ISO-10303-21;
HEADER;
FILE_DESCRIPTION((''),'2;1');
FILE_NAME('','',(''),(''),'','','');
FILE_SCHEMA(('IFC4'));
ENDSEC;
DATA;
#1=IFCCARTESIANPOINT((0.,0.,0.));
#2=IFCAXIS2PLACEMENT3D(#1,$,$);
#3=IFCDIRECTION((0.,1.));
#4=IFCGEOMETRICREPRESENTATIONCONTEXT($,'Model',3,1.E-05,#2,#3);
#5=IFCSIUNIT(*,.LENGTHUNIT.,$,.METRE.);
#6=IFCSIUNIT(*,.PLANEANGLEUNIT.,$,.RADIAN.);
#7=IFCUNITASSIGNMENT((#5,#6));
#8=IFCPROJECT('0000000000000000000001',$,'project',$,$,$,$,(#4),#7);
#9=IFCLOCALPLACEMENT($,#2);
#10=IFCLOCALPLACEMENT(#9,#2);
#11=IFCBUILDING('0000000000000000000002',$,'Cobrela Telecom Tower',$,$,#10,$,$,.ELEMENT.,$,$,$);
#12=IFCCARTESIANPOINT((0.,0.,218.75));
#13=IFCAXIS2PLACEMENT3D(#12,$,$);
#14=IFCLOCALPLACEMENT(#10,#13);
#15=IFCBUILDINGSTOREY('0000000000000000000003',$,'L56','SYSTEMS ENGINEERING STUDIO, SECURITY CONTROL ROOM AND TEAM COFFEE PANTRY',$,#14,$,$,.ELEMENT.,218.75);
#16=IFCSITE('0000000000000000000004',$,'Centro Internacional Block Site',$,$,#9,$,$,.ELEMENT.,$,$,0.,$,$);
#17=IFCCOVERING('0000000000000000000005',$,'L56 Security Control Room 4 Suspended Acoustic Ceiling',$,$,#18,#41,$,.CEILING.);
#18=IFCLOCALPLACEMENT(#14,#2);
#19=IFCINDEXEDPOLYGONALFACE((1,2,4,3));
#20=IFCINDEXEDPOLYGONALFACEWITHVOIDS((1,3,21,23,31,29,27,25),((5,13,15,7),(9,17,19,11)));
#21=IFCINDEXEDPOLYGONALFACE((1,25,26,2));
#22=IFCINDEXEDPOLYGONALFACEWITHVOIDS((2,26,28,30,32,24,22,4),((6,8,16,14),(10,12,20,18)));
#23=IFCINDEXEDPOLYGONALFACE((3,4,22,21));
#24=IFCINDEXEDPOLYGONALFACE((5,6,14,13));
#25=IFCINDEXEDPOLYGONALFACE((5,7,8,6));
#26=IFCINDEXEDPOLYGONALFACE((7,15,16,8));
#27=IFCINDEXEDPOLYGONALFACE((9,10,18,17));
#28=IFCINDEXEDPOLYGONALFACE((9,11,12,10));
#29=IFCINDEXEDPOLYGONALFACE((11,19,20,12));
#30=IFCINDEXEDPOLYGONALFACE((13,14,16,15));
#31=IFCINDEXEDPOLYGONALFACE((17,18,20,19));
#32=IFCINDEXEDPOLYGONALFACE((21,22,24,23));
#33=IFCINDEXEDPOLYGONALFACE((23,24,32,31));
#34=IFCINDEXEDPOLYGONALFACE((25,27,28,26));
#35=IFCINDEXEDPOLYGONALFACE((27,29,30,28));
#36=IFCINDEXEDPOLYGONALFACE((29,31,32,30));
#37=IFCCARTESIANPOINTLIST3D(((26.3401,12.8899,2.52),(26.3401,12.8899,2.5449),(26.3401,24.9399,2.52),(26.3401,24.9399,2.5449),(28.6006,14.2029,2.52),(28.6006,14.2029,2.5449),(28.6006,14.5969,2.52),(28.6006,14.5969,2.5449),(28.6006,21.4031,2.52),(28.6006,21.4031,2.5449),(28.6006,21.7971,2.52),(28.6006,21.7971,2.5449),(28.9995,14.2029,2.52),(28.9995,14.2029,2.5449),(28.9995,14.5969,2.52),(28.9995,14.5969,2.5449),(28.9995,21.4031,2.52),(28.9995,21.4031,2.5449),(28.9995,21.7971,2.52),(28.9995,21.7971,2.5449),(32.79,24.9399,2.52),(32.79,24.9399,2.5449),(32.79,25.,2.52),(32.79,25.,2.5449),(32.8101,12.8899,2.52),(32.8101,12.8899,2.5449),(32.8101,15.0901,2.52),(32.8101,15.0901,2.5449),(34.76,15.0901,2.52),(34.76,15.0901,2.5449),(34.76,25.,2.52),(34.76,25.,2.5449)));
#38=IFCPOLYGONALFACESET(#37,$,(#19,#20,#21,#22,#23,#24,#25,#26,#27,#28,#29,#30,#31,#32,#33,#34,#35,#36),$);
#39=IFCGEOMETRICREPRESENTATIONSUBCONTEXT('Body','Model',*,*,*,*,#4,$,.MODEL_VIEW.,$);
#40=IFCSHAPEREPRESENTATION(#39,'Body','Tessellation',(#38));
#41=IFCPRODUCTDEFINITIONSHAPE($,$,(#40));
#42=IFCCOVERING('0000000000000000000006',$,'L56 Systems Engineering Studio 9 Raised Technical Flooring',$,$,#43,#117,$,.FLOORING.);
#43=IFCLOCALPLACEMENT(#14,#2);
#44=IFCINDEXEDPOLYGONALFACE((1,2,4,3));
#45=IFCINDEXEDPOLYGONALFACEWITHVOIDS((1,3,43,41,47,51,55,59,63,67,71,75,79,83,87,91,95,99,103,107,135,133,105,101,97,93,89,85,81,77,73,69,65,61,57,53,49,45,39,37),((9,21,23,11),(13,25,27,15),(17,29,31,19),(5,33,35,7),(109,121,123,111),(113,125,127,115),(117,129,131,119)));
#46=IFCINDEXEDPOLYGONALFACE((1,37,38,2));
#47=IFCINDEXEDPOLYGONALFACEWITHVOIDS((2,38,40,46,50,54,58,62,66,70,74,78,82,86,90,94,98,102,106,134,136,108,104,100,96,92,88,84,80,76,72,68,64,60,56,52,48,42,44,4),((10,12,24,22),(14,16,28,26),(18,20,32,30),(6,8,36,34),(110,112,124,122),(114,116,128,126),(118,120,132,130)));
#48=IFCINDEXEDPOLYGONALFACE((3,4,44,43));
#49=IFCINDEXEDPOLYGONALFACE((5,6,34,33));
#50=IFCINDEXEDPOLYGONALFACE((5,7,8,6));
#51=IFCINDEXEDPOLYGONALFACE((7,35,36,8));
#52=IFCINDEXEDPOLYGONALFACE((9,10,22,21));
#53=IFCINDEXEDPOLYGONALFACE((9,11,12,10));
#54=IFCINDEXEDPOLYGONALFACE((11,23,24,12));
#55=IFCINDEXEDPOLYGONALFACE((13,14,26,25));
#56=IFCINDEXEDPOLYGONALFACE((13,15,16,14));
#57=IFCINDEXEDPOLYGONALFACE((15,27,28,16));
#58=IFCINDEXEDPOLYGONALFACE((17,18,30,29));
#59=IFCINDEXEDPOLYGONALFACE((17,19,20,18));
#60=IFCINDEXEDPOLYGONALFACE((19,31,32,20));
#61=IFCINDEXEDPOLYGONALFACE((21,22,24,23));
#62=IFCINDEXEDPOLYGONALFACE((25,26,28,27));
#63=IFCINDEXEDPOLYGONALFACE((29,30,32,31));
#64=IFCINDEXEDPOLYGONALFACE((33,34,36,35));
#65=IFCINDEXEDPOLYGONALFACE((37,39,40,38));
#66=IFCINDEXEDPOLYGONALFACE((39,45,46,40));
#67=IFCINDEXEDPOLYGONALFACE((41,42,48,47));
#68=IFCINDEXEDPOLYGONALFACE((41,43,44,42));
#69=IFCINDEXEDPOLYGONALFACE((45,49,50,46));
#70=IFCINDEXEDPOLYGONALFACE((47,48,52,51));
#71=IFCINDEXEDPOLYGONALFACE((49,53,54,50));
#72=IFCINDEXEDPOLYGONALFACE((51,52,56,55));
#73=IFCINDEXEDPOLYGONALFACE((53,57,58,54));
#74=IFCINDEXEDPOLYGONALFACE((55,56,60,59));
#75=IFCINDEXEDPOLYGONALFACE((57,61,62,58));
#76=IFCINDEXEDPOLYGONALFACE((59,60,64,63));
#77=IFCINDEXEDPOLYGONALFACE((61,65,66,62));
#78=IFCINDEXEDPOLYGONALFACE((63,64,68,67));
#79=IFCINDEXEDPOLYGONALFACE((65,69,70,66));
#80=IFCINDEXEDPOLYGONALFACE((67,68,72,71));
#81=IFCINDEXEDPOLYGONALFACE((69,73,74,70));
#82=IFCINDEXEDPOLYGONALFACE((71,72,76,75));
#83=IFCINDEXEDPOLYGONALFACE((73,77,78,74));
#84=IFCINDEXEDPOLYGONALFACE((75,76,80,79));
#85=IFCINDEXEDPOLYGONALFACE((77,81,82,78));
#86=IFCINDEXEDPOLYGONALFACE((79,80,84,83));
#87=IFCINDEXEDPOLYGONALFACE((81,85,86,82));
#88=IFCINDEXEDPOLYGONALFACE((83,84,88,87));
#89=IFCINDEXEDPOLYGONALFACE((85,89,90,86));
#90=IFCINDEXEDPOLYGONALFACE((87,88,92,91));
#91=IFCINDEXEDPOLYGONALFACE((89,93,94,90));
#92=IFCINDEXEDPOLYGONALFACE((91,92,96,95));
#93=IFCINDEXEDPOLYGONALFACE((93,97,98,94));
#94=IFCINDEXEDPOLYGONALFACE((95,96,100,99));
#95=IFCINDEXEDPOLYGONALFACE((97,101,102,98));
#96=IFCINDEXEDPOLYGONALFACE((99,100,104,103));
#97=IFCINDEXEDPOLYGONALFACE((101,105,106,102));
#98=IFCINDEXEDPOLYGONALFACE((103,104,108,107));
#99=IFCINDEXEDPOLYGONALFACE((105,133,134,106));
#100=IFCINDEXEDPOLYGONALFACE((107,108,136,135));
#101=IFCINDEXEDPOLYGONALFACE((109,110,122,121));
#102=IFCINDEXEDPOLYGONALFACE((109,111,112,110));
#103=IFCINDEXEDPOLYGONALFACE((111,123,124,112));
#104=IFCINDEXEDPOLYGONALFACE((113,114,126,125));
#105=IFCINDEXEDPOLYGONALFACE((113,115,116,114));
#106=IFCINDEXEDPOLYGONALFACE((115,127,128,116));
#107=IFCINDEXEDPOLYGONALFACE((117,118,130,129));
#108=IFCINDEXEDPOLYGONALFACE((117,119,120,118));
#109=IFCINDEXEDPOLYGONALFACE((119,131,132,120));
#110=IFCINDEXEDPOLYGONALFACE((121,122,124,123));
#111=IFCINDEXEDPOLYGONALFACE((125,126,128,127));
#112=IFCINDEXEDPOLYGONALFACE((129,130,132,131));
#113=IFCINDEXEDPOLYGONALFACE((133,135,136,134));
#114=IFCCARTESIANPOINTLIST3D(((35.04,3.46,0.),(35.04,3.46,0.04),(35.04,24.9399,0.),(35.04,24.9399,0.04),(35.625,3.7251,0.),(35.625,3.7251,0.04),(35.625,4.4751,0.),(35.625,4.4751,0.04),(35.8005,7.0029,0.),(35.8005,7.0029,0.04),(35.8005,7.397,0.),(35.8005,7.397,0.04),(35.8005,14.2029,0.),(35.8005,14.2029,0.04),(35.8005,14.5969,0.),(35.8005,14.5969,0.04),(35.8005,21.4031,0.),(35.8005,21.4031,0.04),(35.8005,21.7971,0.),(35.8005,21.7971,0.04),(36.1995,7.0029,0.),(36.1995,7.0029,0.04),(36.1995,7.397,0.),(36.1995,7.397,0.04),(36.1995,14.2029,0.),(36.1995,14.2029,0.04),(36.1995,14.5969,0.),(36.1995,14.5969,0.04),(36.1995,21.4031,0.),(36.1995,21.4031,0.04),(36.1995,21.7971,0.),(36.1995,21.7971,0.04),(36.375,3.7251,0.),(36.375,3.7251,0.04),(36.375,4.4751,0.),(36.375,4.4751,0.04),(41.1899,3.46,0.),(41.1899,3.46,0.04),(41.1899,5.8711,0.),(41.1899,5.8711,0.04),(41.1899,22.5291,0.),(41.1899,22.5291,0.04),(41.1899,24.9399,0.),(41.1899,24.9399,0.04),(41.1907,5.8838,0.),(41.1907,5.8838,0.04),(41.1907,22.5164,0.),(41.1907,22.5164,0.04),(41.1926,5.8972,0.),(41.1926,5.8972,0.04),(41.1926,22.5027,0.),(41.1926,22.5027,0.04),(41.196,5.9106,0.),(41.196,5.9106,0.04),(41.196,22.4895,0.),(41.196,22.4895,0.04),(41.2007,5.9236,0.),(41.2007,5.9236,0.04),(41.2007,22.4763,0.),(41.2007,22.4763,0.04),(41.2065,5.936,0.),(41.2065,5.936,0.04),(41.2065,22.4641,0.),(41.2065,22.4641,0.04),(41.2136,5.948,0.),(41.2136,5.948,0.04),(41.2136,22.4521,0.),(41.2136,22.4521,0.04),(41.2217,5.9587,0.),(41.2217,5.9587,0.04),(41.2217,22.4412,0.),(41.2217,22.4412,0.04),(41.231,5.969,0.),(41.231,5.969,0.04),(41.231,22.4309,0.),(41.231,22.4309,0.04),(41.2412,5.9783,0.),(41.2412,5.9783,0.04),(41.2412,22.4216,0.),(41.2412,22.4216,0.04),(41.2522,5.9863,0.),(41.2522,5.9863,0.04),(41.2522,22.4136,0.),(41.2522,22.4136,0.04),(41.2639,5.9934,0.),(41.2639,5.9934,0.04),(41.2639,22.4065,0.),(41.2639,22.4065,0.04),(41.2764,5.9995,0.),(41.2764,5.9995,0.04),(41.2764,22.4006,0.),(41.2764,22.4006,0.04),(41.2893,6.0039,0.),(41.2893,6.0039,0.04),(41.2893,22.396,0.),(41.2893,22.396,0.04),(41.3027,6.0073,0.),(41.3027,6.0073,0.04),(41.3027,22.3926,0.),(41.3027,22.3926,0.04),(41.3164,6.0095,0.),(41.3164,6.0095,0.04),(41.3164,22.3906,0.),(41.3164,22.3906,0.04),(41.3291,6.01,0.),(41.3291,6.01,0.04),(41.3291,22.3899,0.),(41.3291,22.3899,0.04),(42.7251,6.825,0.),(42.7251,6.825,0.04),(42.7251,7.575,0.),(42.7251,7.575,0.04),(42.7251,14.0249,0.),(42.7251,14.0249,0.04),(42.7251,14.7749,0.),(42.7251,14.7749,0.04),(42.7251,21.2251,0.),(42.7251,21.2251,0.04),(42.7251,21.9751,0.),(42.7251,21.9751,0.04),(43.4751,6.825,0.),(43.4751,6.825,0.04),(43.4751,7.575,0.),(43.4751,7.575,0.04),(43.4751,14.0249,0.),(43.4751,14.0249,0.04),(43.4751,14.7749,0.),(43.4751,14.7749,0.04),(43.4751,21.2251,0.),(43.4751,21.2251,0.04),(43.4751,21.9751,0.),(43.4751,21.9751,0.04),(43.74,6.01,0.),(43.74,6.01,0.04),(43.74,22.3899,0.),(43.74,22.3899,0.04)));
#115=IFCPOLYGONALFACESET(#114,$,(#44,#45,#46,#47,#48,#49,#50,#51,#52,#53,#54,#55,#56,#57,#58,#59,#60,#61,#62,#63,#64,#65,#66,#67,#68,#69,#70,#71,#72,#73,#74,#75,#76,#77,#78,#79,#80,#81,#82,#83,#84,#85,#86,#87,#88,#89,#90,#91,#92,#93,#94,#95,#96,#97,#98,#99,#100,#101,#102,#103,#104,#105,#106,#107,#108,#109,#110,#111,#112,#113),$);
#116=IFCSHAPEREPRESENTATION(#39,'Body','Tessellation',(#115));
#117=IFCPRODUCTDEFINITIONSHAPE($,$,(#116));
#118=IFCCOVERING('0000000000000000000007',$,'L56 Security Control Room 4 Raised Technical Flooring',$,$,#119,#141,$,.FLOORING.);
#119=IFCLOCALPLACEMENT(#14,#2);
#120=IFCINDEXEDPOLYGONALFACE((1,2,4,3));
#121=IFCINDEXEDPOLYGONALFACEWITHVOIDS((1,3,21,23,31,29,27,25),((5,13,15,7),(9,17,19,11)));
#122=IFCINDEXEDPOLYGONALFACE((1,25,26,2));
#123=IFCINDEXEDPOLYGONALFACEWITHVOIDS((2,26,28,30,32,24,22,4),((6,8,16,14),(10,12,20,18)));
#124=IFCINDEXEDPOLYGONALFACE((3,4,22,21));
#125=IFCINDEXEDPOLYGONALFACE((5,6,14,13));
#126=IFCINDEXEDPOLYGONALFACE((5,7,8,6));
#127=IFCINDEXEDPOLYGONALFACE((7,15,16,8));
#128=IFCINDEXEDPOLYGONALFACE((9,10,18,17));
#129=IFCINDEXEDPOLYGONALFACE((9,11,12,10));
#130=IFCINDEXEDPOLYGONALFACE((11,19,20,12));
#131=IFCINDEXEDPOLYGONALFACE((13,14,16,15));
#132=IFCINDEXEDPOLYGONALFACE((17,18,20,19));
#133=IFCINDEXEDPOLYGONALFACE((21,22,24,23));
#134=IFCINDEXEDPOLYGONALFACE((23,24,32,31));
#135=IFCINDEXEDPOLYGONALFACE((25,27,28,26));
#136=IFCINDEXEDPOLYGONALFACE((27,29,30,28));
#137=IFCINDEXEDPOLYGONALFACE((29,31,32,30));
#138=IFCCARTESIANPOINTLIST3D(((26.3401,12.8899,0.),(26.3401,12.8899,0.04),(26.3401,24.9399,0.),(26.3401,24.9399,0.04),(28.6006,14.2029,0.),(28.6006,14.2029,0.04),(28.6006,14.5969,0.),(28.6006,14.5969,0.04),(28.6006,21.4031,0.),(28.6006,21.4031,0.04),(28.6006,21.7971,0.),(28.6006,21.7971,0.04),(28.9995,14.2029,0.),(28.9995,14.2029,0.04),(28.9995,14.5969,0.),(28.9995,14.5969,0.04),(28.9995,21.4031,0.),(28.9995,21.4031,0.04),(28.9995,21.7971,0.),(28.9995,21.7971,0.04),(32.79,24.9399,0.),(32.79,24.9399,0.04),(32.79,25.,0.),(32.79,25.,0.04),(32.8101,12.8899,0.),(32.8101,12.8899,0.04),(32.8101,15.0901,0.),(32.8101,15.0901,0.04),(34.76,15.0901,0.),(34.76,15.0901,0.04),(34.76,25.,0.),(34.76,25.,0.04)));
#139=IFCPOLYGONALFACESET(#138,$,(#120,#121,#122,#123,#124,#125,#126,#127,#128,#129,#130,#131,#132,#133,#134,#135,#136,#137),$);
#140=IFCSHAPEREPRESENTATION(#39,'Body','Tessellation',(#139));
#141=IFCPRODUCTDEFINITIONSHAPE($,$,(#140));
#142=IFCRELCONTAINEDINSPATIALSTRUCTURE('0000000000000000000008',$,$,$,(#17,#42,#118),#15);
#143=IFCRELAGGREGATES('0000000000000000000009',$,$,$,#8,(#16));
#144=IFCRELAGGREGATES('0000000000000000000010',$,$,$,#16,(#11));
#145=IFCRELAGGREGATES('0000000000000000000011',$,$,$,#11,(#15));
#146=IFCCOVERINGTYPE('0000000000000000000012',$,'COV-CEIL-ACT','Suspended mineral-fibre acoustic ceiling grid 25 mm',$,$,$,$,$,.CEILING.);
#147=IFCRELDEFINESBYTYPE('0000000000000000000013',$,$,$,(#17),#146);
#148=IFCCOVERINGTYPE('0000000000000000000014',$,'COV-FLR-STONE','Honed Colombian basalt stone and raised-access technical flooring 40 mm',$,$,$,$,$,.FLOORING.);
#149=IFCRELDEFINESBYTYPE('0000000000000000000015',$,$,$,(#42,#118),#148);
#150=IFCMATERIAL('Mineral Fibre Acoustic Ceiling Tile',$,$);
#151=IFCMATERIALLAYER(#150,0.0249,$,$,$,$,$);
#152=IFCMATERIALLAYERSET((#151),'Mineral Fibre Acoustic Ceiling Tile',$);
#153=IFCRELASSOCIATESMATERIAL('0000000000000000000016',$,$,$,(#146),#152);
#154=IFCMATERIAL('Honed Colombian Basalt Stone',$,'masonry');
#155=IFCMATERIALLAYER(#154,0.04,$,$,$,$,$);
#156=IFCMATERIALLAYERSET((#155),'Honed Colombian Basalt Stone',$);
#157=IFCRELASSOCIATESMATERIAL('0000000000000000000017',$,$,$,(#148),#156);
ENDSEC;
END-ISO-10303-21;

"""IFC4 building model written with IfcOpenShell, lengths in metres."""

from ifc_helpers import new_model, si_unit, direction, frame, origin, place, context, subcontext, project, spatial, polyline, outline, extrude, material, layer, layer_set, type_object, element, save


model = new_model("IFC4")

# Units and contexts
model_context = context("Model", 3, precision=1e-05, world=origin(), true_north=direction((0.0, 1.0)))
body_context = subcontext(model_context, "Body", "Model", "MODEL_VIEW")
ifc_project = project(units=[si_unit("LENGTHUNIT", "METRE"), si_unit("PLANEANGLEUNIT", "RADIAN")], contexts=[model_context])

# Site, building, storey
site_placement = place(None, origin())
site = spatial("IfcSite", under=ifc_project, at=site_placement, Name="Centro Internacional Block Site", CompositionType="ELEMENT", RefElevation=0.0)
building_placement = place(site_placement, origin())
building = spatial("IfcBuilding", under=site, at=building_placement, Name="Cobrela Telecom Tower", CompositionType="ELEMENT")
storey_placement = place(building_placement, frame((0.0, 0.0, 218.75)))
storey = spatial("IfcBuildingStorey", under=building, at=storey_placement, Name="L56", Description="SYSTEMS ENGINEERING STUDIO, SECURITY CONTROL ROOM AND TEAM COFFEE PANTRY", CompositionType="ELEMENT", Elevation=218.75)

# Coverings
ifc_material_1 = material(Name="Mineral Fibre Acoustic Ceiling Tile")
ifc_layer_1 = layer(ifc_material_1, 0.0249)
ifc_layer_set_1 = layer_set([ifc_layer_1], Name="Mineral Fibre Acoustic Ceiling Tile")
covering_type_1 = type_object("IfcCoveringType", Name="COV-CEIL-ACT", Description="Suspended mineral-fibre acoustic ceiling grid 25 mm", PredefinedType="CEILING", material=ifc_layer_set_1)
covering_1_placement = place(storey_placement, frame((0.0, 0.0, 2.52)))
element("IfcCovering", 1, at=covering_1_placement, inside=storey, type_object=covering_type_1, Name="L56 Security Control Room 4 Suspended Acoustic Ceiling", PredefinedType="CEILING", context=body_context, shape_type="SweptSolid", body=[
    extrude(outline(polyline([(34.76, 15.0901), (32.8101, 15.0901), (32.8101, 12.8899), (26.3401, 12.8899), (26.3401, 24.9399), (32.79, 24.9399), (32.79, 25.0), (34.76, 25.0), (34.76, 15.0901)]), holes=[polyline([(28.9995, 14.5969), (28.6006, 14.5969), (28.6006, 14.2029), (28.9995, 14.2029), (28.9995, 14.5969)]), polyline([(28.9995, 21.7971), (28.6006, 21.7971), (28.6006, 21.4031), (28.9995, 21.4031), (28.9995, 21.7971)])]), origin(), (0.0, 0.0, 1.0), 0.0249),
])
ifc_material_2 = material(Name="Honed Colombian Basalt Stone", Category="masonry")
ifc_layer_2 = layer(ifc_material_2, 0.04)
ifc_layer_set_2 = layer_set([ifc_layer_2], Name="Honed Colombian Basalt Stone")
covering_type_2 = type_object("IfcCoveringType", Name="COV-FLR-STONE", Description="Honed Colombian basalt stone and raised-access technical flooring 40 mm", PredefinedType="FLOORING", material=ifc_layer_set_2)
covering_2_placement = place(storey_placement, origin())
element("IfcCovering", 2, at=covering_2_placement, inside=storey, type_object=covering_type_2, Name="L56 Systems Engineering Studio 9 Raised Technical Flooring", PredefinedType="FLOORING", context=body_context, shape_type="SweptSolid", body=[
    extrude(outline(polyline([(41.3027, 6.0073), (41.2893, 6.0039), (41.2764, 5.9995), (41.2639, 5.9934), (41.2522, 5.9863), (41.2412, 5.9783), (41.231, 5.969), (41.2217, 5.9587), (41.2136, 5.948), (41.2065, 5.936), (41.2007, 5.9236), (41.196, 5.9106), (41.1926, 5.8972), (41.1907, 5.8838), (41.1899, 5.8711), (41.1899, 3.46), (35.04, 3.46), (35.04, 24.9399), (41.1899, 24.9399), (41.1899, 22.5291), (41.1907, 22.5164), (41.1926, 22.5027), (41.196, 22.4895), (41.2007, 22.4763), (41.2065, 22.4641), (41.2136, 22.4521), (41.2217, 22.4412), (41.231, 22.4309), (41.2412, 22.4216), (41.2522, 22.4136), (41.2639, 22.4065), (41.2764, 22.4006), (41.2893, 22.396), (41.3027, 22.3926), (41.3164, 22.3906), (41.3291, 22.3899), (43.74, 22.3899), (43.74, 6.01), (41.3291, 6.01), (41.3164, 6.0095), (41.3027, 6.0073)]), holes=[polyline([(36.375, 4.4751), (35.625, 4.4751), (35.625, 3.7251), (36.375, 3.7251), (36.375, 4.4751)]), polyline([(36.1995, 7.0029), (36.1995, 7.397), (35.8005, 7.397), (35.8005, 7.0029), (36.1995, 7.0029)]), polyline([(43.4751, 6.825), (43.4751, 7.575), (42.7251, 7.575), (42.7251, 6.825), (43.4751, 6.825)]), polyline([(36.1995, 14.2029), (36.1995, 14.5969), (35.8005, 14.5969), (35.8005, 14.2029), (36.1995, 14.2029)]), polyline([(43.4751, 14.0249), (43.4751, 14.7749), (42.7251, 14.7749), (42.7251, 14.0249), (43.4751, 14.0249)]), polyline([(36.1995, 21.4031), (36.1995, 21.7971), (35.8005, 21.7971), (35.8005, 21.4031), (36.1995, 21.4031)]), polyline([(43.4751, 21.2251), (43.4751, 21.9751), (42.7251, 21.9751), (42.7251, 21.2251), (43.4751, 21.2251)])]), origin(), (0.0, 0.0, 1.0), 0.04),
])
covering_3_placement = place(storey_placement, origin())
element("IfcCovering", 3, at=covering_3_placement, inside=storey, type_object=covering_type_2, Name="L56 Security Control Room 4 Raised Technical Flooring", PredefinedType="FLOORING", context=body_context, shape_type="SweptSolid", body=[
    extrude(outline(polyline([(34.76, 15.0901), (32.8101, 15.0901), (32.8101, 12.8899), (26.3401, 12.8899), (26.3401, 24.9399), (32.79, 24.9399), (32.79, 25.0), (34.76, 25.0), (34.76, 15.0901)]), holes=[polyline([(28.9995, 14.5969), (28.6006, 14.5969), (28.6006, 14.2029), (28.9995, 14.2029), (28.9995, 14.5969)]), polyline([(28.9995, 21.7971), (28.6006, 21.7971), (28.6006, 21.4031), (28.9995, 21.4031), (28.9995, 21.7971)])]), origin(), (0.0, 0.0, 1.0), 0.04),
])

save(model, "model.ifc")
